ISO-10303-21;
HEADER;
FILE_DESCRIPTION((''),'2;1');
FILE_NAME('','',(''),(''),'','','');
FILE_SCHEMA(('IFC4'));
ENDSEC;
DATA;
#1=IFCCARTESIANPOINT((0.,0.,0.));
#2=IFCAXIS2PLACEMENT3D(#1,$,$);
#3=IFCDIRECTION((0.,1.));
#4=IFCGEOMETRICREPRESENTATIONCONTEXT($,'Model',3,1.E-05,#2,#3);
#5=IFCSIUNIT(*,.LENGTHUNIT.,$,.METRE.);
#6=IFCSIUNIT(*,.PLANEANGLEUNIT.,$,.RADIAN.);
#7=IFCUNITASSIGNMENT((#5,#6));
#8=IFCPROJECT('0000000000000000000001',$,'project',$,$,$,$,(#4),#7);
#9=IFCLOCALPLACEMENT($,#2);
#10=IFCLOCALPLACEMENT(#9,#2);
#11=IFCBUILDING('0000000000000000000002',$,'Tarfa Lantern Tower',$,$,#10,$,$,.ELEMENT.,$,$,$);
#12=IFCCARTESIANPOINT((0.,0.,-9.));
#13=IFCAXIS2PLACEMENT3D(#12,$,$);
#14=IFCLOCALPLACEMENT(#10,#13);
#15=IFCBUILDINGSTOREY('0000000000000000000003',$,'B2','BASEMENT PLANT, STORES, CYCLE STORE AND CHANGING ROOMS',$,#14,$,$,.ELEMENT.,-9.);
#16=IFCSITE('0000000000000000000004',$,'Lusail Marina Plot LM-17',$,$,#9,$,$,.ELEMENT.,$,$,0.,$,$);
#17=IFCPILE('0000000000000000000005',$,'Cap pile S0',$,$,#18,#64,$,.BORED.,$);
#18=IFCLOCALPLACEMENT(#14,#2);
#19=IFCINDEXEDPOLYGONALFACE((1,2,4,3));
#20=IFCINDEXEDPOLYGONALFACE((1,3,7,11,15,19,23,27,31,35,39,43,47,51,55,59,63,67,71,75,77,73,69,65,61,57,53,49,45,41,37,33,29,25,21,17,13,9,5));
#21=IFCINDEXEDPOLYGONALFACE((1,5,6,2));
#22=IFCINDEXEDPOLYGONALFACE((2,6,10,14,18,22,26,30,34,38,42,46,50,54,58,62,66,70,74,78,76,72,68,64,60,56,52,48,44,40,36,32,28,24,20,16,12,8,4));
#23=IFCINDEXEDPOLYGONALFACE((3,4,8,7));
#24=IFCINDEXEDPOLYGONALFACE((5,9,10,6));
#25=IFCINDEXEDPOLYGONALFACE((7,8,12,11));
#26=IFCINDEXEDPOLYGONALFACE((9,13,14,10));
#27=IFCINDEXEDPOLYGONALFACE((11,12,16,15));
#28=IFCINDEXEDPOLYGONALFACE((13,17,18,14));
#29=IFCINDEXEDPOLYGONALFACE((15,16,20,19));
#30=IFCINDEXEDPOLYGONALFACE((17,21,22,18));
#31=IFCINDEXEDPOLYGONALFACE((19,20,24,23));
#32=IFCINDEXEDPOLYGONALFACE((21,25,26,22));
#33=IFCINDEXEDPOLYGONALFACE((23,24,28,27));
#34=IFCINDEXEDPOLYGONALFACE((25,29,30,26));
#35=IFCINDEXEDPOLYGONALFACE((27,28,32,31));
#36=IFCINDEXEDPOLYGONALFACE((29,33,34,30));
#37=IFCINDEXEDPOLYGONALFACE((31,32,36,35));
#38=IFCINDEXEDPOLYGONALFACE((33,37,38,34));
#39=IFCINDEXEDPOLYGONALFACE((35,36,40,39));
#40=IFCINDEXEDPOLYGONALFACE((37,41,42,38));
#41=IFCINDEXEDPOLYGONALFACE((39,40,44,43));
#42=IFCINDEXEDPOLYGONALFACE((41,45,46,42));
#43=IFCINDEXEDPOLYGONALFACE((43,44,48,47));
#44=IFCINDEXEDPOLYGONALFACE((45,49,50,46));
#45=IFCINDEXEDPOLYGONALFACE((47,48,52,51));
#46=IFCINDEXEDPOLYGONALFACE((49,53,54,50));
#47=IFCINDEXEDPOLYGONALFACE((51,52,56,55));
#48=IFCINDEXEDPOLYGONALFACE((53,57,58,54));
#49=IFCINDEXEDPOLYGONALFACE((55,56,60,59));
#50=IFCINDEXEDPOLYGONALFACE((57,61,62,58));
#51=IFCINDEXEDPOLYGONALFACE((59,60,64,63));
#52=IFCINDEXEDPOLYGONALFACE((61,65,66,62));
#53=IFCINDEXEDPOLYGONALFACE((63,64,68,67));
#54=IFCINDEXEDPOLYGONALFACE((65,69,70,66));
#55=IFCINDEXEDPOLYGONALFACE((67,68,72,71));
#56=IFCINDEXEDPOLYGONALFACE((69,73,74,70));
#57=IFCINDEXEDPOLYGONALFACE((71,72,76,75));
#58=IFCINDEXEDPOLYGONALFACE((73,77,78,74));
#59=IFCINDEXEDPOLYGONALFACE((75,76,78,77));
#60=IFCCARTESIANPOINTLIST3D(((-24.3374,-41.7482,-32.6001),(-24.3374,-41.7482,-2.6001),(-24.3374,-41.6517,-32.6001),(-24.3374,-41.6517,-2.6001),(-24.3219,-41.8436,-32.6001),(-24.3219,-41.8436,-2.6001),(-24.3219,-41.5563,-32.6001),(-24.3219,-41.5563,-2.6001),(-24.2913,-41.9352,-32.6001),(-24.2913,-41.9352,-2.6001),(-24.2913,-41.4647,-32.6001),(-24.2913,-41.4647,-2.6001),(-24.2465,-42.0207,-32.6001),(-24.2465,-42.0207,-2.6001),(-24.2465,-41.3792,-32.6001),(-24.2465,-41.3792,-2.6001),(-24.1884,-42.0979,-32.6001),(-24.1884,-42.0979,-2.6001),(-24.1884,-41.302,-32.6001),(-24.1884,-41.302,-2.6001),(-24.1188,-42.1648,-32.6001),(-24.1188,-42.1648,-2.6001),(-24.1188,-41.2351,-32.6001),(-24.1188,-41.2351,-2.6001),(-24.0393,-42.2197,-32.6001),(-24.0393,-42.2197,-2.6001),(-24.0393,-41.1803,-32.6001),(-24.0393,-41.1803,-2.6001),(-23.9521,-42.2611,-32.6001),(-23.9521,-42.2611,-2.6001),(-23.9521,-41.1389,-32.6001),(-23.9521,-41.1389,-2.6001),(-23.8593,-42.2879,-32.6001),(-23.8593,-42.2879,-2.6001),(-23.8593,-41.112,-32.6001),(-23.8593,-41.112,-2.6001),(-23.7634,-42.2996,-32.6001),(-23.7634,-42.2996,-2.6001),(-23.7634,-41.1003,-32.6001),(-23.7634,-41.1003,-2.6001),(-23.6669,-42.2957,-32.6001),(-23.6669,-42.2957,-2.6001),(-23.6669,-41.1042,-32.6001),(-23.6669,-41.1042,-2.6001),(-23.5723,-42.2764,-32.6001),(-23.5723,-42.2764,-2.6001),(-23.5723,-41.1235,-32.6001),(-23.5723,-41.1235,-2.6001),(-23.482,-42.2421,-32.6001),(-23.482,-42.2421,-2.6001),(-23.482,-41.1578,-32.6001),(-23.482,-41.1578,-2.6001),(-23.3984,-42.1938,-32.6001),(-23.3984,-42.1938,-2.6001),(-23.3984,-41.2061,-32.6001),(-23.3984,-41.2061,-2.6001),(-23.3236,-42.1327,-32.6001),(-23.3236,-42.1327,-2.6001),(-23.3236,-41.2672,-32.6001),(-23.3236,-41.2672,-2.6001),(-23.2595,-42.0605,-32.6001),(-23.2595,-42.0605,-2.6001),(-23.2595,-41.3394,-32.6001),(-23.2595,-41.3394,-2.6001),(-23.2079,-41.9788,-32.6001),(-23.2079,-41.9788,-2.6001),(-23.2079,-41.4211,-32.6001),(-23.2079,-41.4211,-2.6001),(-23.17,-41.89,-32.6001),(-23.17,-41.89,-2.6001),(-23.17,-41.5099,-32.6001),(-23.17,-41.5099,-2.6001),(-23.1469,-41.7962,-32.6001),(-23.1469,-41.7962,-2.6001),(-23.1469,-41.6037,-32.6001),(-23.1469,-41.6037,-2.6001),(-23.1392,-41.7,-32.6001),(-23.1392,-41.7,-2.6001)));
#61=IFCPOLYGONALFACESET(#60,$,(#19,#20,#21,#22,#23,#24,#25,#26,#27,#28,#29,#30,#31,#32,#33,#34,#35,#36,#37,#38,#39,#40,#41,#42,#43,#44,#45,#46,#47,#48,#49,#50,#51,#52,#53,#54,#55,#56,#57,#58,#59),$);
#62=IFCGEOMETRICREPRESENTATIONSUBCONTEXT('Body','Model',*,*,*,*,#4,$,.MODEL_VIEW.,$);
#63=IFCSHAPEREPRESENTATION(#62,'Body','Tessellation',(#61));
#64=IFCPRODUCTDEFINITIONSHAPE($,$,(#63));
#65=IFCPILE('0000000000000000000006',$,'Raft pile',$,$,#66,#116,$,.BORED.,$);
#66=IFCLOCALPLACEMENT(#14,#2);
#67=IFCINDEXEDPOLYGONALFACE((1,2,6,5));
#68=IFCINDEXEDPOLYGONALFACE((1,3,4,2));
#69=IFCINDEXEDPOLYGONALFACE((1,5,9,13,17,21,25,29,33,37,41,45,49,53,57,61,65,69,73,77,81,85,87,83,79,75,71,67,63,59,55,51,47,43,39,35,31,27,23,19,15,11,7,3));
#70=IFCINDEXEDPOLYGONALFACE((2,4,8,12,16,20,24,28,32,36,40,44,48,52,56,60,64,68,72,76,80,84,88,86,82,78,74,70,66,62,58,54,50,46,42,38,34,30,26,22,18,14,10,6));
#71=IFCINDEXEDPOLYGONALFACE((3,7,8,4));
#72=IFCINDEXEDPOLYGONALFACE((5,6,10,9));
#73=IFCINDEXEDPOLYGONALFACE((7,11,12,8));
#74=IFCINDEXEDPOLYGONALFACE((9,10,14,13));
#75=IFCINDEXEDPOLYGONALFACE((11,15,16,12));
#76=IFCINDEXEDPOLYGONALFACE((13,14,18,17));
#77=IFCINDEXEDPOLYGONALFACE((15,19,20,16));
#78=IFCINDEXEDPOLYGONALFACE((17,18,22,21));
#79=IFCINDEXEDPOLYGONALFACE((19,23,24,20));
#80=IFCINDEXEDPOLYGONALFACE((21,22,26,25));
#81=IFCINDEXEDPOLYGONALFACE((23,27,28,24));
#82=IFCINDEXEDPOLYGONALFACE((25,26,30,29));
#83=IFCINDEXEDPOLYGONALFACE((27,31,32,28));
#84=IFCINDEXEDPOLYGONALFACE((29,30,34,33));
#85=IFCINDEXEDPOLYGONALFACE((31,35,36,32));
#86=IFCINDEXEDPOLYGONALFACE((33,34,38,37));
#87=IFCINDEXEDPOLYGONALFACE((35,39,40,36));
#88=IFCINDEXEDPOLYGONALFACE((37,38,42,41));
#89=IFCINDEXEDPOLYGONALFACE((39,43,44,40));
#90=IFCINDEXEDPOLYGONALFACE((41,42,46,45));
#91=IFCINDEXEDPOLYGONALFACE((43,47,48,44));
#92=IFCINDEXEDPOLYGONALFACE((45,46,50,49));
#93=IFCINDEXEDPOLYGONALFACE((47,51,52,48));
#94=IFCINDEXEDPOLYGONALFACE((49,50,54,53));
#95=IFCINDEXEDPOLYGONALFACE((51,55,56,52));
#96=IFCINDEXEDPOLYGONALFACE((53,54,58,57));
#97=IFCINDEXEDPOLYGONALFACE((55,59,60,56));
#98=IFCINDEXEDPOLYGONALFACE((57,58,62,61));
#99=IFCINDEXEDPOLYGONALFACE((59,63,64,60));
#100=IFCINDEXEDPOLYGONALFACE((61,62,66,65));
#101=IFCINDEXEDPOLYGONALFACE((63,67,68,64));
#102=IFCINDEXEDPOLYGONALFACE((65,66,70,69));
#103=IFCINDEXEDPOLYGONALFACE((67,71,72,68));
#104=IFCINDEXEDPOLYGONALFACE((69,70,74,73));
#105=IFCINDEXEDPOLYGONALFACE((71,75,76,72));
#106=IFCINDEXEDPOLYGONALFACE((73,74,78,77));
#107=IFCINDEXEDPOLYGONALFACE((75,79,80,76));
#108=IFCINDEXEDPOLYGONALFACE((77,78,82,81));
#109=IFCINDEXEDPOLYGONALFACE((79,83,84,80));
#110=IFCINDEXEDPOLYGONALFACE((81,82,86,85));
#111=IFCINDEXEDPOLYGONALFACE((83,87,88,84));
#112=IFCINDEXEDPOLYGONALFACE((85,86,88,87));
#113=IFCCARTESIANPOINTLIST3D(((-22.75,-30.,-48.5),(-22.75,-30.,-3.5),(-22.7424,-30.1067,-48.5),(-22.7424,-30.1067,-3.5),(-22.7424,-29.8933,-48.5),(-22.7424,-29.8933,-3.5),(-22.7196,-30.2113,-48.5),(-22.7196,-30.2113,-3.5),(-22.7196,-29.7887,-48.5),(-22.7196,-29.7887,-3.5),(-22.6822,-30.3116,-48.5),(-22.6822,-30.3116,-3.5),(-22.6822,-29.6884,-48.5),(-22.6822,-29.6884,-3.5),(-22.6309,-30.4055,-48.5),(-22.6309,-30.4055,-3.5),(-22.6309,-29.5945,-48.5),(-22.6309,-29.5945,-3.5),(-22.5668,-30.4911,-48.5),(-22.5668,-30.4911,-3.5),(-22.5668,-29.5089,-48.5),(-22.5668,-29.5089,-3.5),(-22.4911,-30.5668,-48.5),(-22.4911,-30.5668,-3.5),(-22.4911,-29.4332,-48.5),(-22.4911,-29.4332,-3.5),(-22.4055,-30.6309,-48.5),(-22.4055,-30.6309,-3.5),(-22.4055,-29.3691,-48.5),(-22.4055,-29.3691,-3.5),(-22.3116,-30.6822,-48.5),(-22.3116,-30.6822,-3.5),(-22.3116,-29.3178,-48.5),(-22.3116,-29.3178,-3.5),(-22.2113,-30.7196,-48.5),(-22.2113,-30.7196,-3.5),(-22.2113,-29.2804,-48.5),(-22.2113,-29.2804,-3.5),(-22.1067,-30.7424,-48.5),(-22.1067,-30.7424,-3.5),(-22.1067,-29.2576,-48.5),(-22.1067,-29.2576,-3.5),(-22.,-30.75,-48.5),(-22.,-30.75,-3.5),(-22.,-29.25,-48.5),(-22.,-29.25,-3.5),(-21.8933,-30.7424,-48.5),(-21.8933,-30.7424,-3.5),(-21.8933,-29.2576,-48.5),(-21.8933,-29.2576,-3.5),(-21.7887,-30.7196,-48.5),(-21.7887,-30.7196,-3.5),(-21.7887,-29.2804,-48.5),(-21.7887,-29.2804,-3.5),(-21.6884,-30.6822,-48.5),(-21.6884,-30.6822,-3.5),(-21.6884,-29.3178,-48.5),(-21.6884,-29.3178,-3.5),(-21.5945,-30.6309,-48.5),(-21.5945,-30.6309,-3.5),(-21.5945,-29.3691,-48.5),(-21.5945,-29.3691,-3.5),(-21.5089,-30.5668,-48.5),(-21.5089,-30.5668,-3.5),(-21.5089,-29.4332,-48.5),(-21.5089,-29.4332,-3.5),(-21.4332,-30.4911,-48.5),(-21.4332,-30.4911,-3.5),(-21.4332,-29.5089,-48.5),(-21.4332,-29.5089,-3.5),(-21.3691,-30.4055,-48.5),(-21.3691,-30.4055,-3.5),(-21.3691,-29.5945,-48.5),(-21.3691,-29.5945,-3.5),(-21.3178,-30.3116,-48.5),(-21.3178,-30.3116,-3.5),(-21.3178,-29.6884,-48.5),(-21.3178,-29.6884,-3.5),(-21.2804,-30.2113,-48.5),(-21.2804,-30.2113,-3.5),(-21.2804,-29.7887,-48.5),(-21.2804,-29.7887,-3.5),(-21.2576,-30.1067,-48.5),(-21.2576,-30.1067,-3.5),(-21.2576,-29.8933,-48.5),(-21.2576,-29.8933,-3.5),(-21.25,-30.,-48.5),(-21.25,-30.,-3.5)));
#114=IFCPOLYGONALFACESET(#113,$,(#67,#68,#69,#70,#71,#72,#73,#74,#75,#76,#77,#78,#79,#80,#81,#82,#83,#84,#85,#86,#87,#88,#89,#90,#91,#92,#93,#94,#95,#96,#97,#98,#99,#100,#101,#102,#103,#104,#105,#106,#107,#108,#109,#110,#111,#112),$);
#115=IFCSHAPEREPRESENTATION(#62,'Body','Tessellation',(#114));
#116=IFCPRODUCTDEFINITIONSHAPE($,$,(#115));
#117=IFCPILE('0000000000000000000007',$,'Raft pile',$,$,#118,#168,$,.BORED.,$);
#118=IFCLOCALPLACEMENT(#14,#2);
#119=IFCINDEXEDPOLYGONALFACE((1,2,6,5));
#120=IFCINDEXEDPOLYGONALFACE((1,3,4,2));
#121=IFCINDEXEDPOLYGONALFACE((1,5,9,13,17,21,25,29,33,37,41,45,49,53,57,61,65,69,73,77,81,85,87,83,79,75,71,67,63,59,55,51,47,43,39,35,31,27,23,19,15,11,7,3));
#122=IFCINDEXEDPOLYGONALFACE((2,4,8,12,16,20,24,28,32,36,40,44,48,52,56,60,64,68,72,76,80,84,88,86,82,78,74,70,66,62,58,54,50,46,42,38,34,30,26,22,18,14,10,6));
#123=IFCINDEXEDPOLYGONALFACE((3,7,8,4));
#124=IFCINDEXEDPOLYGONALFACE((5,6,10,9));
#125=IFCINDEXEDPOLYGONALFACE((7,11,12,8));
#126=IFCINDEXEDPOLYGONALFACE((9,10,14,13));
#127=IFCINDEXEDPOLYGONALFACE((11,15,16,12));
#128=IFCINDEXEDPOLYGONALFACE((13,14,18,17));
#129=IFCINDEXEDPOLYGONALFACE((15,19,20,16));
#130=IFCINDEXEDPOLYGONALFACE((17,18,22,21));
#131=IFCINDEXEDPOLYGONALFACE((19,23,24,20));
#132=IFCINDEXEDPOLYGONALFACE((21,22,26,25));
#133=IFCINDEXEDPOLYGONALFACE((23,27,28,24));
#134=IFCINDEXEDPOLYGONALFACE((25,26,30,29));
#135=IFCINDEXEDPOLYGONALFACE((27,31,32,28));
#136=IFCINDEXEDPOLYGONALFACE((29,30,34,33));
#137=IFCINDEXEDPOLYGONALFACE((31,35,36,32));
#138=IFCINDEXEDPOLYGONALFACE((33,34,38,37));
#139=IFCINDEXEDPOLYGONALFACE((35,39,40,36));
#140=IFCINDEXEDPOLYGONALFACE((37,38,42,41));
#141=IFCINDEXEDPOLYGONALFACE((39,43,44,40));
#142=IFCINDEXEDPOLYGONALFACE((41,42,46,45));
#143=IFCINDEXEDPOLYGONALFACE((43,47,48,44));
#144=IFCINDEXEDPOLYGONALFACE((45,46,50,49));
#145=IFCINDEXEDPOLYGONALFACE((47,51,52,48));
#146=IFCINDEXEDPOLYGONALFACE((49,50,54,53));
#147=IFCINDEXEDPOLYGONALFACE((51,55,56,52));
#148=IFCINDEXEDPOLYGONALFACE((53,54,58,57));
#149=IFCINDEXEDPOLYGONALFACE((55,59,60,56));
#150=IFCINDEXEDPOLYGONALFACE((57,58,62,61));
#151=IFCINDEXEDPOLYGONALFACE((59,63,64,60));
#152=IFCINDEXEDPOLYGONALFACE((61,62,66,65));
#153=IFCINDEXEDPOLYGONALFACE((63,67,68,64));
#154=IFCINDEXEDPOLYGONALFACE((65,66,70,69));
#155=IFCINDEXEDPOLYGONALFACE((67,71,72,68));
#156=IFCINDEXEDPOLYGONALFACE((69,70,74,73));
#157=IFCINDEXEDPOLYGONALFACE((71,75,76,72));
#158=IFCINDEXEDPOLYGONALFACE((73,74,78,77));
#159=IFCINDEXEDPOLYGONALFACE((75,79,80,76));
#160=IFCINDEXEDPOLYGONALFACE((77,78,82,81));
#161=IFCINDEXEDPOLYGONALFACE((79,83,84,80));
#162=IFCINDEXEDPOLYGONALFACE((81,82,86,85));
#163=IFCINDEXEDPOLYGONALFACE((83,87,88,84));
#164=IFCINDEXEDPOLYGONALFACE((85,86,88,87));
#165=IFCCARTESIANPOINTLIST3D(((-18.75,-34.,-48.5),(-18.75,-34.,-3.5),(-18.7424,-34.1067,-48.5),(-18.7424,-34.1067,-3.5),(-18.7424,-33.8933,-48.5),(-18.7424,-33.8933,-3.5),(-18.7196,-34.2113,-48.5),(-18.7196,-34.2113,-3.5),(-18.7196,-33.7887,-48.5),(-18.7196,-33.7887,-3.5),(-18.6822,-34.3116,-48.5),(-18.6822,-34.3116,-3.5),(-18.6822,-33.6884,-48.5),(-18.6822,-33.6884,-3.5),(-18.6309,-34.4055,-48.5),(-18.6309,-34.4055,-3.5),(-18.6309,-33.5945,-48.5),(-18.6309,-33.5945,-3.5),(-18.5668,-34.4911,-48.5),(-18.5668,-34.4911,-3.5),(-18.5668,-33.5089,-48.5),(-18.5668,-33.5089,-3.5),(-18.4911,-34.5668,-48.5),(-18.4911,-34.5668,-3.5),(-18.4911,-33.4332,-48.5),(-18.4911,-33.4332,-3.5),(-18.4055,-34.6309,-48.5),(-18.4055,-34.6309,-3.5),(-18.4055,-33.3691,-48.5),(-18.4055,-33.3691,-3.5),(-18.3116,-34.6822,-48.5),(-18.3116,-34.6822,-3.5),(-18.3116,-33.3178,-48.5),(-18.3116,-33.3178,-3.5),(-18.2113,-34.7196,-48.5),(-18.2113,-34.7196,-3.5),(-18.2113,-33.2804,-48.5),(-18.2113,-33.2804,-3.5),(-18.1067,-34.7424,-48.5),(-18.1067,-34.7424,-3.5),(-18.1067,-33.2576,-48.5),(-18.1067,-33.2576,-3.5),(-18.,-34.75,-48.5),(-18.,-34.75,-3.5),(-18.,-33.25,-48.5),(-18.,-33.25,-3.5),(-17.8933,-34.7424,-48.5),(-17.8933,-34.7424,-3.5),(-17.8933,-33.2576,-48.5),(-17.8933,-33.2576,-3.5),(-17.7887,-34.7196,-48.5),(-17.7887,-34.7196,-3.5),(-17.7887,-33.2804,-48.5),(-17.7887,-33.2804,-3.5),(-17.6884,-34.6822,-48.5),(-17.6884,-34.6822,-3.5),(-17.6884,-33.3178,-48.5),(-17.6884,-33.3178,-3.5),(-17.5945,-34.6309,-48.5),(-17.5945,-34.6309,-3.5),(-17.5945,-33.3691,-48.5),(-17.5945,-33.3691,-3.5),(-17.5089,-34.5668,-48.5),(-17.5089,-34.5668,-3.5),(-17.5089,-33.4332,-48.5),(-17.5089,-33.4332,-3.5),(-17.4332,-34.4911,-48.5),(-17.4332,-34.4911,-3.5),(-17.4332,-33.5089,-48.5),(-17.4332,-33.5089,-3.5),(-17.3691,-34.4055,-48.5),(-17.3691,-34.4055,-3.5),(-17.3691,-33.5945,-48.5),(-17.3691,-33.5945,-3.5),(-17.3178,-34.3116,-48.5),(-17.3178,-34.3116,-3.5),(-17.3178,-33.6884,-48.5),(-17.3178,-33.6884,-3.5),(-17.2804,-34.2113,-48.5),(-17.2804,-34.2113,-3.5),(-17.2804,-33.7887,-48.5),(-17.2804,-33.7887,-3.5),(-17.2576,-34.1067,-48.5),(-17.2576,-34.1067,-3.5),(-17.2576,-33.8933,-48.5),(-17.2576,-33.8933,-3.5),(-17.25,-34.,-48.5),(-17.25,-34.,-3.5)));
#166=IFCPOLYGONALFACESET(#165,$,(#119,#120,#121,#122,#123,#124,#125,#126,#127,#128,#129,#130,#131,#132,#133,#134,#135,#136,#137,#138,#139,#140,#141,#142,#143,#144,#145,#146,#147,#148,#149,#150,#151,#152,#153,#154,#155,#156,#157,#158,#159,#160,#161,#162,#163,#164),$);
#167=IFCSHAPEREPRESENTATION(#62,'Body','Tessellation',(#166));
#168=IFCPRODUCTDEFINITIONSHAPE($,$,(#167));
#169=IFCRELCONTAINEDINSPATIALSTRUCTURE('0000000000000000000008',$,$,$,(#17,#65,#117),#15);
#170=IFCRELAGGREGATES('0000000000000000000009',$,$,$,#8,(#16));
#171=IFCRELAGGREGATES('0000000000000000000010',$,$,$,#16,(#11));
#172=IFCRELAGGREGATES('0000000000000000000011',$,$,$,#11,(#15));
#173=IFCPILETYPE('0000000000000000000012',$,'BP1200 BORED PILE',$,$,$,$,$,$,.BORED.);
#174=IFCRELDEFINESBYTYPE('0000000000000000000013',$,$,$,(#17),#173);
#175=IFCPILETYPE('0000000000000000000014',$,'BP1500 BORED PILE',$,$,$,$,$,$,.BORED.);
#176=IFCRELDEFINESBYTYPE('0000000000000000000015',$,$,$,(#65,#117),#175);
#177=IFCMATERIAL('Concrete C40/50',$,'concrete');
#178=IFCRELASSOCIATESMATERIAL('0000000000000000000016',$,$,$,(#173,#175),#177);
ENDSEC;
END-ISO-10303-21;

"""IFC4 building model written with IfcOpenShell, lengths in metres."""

from ifc_helpers import new_model, si_unit, direction, frame, origin, origin_2d, place, context, subcontext, project, spatial, circle, extrude, material, material_profile, profile_set, type_object, element, save


model = new_model("IFC4")

# Units and contexts
model_context = context("Model", 3, precision=1e-05, world=origin(), true_north=direction((0.0, 1.0)))
body_context = subcontext(model_context, "Body", "Model", "MODEL_VIEW")
ifc_project = project(units=[si_unit("LENGTHUNIT", "METRE"), si_unit("PLANEANGLEUNIT", "RADIAN")], contexts=[model_context])

# Site, building, storey
site_placement = place(None, origin())
site = spatial("IfcSite", under=ifc_project, at=site_placement, Name="Lusail Marina Plot LM-17", CompositionType="ELEMENT", RefElevation=0.0)
building_placement = place(site_placement, origin())
building = spatial("IfcBuilding", under=site, at=building_placement, Name="Tarfa Lantern Tower", CompositionType="ELEMENT")
storey_placement = place(building_placement, frame((0.0, 0.0, -9.0)))
storey = spatial("IfcBuildingStorey", under=building, at=storey_placement, Name="B2", Description="BASEMENT PLANT, STORES, CYCLE STORE AND CHANGING ROOMS", CompositionType="ELEMENT", Elevation=-9.0)

# Piles
ifc_material_1 = material(Name="Concrete C40/50", Category="concrete")
ifc_material_profile_1 = material_profile(ifc_material_1, circle(Radius=0.6001, at=origin_2d()), Name="BORED PILE D1200")
ifc_profile_set_1 = profile_set([ifc_material_profile_1], Name="Concrete C40/50")
pile_type_1 = type_object("IfcPileType", Name="BP1200 BORED PILE", PredefinedType="BORED", material=ifc_profile_set_1)
for number, where, z_axis, x_axis, name in (
    (1, (-23.7393, -41.7, -2.6001), (0.0, 0.0, -1.0), (1.0, 0.0, 0.0), "Cap pile S0"),
):
    element("IfcPile", number, at=place(storey_placement, frame(where, z_axis=z_axis, x_axis=x_axis)), inside=storey, type_object=pile_type_1, Name=name, PredefinedType="BORED", context=body_context, shape_type="SweptSolid", body=[
        extrude(circle(Radius=0.6001, at=origin_2d()), origin(), (0.0, 0.0, 1.0), 30.0),
    ])
ifc_material_profile_2 = material_profile(ifc_material_1, circle(Radius=0.75, at=origin_2d()), Name="BORED PILE D1500")
ifc_profile_set_2 = profile_set([ifc_material_profile_2], Name="Concrete C40/50")
pile_type_2 = type_object("IfcPileType", Name="BP1500 BORED PILE", PredefinedType="BORED", material=ifc_profile_set_2)
for number, where, z_axis, x_axis, name in (
    (2, (-22.0, -30.0, -3.5), (0.0, 0.0, -1.0), (1.0, 0.0, 0.0), "Raft pile"),
    (3, (-18.0, -34.0, -3.5), (0.0, 0.0, -1.0), (1.0, 0.0, 0.0), "Raft pile"),
):
    element("IfcPile", number, at=place(storey_placement, frame(where, z_axis=z_axis, x_axis=x_axis)), inside=storey, type_object=pile_type_2, Name=name, PredefinedType="BORED", context=body_context, shape_type="SweptSolid", body=[
        extrude(circle(Radius=0.75, at=origin_2d()), origin(), (0.0, 0.0, 1.0), 45.0),
    ])

save(model, "model.ifc")
